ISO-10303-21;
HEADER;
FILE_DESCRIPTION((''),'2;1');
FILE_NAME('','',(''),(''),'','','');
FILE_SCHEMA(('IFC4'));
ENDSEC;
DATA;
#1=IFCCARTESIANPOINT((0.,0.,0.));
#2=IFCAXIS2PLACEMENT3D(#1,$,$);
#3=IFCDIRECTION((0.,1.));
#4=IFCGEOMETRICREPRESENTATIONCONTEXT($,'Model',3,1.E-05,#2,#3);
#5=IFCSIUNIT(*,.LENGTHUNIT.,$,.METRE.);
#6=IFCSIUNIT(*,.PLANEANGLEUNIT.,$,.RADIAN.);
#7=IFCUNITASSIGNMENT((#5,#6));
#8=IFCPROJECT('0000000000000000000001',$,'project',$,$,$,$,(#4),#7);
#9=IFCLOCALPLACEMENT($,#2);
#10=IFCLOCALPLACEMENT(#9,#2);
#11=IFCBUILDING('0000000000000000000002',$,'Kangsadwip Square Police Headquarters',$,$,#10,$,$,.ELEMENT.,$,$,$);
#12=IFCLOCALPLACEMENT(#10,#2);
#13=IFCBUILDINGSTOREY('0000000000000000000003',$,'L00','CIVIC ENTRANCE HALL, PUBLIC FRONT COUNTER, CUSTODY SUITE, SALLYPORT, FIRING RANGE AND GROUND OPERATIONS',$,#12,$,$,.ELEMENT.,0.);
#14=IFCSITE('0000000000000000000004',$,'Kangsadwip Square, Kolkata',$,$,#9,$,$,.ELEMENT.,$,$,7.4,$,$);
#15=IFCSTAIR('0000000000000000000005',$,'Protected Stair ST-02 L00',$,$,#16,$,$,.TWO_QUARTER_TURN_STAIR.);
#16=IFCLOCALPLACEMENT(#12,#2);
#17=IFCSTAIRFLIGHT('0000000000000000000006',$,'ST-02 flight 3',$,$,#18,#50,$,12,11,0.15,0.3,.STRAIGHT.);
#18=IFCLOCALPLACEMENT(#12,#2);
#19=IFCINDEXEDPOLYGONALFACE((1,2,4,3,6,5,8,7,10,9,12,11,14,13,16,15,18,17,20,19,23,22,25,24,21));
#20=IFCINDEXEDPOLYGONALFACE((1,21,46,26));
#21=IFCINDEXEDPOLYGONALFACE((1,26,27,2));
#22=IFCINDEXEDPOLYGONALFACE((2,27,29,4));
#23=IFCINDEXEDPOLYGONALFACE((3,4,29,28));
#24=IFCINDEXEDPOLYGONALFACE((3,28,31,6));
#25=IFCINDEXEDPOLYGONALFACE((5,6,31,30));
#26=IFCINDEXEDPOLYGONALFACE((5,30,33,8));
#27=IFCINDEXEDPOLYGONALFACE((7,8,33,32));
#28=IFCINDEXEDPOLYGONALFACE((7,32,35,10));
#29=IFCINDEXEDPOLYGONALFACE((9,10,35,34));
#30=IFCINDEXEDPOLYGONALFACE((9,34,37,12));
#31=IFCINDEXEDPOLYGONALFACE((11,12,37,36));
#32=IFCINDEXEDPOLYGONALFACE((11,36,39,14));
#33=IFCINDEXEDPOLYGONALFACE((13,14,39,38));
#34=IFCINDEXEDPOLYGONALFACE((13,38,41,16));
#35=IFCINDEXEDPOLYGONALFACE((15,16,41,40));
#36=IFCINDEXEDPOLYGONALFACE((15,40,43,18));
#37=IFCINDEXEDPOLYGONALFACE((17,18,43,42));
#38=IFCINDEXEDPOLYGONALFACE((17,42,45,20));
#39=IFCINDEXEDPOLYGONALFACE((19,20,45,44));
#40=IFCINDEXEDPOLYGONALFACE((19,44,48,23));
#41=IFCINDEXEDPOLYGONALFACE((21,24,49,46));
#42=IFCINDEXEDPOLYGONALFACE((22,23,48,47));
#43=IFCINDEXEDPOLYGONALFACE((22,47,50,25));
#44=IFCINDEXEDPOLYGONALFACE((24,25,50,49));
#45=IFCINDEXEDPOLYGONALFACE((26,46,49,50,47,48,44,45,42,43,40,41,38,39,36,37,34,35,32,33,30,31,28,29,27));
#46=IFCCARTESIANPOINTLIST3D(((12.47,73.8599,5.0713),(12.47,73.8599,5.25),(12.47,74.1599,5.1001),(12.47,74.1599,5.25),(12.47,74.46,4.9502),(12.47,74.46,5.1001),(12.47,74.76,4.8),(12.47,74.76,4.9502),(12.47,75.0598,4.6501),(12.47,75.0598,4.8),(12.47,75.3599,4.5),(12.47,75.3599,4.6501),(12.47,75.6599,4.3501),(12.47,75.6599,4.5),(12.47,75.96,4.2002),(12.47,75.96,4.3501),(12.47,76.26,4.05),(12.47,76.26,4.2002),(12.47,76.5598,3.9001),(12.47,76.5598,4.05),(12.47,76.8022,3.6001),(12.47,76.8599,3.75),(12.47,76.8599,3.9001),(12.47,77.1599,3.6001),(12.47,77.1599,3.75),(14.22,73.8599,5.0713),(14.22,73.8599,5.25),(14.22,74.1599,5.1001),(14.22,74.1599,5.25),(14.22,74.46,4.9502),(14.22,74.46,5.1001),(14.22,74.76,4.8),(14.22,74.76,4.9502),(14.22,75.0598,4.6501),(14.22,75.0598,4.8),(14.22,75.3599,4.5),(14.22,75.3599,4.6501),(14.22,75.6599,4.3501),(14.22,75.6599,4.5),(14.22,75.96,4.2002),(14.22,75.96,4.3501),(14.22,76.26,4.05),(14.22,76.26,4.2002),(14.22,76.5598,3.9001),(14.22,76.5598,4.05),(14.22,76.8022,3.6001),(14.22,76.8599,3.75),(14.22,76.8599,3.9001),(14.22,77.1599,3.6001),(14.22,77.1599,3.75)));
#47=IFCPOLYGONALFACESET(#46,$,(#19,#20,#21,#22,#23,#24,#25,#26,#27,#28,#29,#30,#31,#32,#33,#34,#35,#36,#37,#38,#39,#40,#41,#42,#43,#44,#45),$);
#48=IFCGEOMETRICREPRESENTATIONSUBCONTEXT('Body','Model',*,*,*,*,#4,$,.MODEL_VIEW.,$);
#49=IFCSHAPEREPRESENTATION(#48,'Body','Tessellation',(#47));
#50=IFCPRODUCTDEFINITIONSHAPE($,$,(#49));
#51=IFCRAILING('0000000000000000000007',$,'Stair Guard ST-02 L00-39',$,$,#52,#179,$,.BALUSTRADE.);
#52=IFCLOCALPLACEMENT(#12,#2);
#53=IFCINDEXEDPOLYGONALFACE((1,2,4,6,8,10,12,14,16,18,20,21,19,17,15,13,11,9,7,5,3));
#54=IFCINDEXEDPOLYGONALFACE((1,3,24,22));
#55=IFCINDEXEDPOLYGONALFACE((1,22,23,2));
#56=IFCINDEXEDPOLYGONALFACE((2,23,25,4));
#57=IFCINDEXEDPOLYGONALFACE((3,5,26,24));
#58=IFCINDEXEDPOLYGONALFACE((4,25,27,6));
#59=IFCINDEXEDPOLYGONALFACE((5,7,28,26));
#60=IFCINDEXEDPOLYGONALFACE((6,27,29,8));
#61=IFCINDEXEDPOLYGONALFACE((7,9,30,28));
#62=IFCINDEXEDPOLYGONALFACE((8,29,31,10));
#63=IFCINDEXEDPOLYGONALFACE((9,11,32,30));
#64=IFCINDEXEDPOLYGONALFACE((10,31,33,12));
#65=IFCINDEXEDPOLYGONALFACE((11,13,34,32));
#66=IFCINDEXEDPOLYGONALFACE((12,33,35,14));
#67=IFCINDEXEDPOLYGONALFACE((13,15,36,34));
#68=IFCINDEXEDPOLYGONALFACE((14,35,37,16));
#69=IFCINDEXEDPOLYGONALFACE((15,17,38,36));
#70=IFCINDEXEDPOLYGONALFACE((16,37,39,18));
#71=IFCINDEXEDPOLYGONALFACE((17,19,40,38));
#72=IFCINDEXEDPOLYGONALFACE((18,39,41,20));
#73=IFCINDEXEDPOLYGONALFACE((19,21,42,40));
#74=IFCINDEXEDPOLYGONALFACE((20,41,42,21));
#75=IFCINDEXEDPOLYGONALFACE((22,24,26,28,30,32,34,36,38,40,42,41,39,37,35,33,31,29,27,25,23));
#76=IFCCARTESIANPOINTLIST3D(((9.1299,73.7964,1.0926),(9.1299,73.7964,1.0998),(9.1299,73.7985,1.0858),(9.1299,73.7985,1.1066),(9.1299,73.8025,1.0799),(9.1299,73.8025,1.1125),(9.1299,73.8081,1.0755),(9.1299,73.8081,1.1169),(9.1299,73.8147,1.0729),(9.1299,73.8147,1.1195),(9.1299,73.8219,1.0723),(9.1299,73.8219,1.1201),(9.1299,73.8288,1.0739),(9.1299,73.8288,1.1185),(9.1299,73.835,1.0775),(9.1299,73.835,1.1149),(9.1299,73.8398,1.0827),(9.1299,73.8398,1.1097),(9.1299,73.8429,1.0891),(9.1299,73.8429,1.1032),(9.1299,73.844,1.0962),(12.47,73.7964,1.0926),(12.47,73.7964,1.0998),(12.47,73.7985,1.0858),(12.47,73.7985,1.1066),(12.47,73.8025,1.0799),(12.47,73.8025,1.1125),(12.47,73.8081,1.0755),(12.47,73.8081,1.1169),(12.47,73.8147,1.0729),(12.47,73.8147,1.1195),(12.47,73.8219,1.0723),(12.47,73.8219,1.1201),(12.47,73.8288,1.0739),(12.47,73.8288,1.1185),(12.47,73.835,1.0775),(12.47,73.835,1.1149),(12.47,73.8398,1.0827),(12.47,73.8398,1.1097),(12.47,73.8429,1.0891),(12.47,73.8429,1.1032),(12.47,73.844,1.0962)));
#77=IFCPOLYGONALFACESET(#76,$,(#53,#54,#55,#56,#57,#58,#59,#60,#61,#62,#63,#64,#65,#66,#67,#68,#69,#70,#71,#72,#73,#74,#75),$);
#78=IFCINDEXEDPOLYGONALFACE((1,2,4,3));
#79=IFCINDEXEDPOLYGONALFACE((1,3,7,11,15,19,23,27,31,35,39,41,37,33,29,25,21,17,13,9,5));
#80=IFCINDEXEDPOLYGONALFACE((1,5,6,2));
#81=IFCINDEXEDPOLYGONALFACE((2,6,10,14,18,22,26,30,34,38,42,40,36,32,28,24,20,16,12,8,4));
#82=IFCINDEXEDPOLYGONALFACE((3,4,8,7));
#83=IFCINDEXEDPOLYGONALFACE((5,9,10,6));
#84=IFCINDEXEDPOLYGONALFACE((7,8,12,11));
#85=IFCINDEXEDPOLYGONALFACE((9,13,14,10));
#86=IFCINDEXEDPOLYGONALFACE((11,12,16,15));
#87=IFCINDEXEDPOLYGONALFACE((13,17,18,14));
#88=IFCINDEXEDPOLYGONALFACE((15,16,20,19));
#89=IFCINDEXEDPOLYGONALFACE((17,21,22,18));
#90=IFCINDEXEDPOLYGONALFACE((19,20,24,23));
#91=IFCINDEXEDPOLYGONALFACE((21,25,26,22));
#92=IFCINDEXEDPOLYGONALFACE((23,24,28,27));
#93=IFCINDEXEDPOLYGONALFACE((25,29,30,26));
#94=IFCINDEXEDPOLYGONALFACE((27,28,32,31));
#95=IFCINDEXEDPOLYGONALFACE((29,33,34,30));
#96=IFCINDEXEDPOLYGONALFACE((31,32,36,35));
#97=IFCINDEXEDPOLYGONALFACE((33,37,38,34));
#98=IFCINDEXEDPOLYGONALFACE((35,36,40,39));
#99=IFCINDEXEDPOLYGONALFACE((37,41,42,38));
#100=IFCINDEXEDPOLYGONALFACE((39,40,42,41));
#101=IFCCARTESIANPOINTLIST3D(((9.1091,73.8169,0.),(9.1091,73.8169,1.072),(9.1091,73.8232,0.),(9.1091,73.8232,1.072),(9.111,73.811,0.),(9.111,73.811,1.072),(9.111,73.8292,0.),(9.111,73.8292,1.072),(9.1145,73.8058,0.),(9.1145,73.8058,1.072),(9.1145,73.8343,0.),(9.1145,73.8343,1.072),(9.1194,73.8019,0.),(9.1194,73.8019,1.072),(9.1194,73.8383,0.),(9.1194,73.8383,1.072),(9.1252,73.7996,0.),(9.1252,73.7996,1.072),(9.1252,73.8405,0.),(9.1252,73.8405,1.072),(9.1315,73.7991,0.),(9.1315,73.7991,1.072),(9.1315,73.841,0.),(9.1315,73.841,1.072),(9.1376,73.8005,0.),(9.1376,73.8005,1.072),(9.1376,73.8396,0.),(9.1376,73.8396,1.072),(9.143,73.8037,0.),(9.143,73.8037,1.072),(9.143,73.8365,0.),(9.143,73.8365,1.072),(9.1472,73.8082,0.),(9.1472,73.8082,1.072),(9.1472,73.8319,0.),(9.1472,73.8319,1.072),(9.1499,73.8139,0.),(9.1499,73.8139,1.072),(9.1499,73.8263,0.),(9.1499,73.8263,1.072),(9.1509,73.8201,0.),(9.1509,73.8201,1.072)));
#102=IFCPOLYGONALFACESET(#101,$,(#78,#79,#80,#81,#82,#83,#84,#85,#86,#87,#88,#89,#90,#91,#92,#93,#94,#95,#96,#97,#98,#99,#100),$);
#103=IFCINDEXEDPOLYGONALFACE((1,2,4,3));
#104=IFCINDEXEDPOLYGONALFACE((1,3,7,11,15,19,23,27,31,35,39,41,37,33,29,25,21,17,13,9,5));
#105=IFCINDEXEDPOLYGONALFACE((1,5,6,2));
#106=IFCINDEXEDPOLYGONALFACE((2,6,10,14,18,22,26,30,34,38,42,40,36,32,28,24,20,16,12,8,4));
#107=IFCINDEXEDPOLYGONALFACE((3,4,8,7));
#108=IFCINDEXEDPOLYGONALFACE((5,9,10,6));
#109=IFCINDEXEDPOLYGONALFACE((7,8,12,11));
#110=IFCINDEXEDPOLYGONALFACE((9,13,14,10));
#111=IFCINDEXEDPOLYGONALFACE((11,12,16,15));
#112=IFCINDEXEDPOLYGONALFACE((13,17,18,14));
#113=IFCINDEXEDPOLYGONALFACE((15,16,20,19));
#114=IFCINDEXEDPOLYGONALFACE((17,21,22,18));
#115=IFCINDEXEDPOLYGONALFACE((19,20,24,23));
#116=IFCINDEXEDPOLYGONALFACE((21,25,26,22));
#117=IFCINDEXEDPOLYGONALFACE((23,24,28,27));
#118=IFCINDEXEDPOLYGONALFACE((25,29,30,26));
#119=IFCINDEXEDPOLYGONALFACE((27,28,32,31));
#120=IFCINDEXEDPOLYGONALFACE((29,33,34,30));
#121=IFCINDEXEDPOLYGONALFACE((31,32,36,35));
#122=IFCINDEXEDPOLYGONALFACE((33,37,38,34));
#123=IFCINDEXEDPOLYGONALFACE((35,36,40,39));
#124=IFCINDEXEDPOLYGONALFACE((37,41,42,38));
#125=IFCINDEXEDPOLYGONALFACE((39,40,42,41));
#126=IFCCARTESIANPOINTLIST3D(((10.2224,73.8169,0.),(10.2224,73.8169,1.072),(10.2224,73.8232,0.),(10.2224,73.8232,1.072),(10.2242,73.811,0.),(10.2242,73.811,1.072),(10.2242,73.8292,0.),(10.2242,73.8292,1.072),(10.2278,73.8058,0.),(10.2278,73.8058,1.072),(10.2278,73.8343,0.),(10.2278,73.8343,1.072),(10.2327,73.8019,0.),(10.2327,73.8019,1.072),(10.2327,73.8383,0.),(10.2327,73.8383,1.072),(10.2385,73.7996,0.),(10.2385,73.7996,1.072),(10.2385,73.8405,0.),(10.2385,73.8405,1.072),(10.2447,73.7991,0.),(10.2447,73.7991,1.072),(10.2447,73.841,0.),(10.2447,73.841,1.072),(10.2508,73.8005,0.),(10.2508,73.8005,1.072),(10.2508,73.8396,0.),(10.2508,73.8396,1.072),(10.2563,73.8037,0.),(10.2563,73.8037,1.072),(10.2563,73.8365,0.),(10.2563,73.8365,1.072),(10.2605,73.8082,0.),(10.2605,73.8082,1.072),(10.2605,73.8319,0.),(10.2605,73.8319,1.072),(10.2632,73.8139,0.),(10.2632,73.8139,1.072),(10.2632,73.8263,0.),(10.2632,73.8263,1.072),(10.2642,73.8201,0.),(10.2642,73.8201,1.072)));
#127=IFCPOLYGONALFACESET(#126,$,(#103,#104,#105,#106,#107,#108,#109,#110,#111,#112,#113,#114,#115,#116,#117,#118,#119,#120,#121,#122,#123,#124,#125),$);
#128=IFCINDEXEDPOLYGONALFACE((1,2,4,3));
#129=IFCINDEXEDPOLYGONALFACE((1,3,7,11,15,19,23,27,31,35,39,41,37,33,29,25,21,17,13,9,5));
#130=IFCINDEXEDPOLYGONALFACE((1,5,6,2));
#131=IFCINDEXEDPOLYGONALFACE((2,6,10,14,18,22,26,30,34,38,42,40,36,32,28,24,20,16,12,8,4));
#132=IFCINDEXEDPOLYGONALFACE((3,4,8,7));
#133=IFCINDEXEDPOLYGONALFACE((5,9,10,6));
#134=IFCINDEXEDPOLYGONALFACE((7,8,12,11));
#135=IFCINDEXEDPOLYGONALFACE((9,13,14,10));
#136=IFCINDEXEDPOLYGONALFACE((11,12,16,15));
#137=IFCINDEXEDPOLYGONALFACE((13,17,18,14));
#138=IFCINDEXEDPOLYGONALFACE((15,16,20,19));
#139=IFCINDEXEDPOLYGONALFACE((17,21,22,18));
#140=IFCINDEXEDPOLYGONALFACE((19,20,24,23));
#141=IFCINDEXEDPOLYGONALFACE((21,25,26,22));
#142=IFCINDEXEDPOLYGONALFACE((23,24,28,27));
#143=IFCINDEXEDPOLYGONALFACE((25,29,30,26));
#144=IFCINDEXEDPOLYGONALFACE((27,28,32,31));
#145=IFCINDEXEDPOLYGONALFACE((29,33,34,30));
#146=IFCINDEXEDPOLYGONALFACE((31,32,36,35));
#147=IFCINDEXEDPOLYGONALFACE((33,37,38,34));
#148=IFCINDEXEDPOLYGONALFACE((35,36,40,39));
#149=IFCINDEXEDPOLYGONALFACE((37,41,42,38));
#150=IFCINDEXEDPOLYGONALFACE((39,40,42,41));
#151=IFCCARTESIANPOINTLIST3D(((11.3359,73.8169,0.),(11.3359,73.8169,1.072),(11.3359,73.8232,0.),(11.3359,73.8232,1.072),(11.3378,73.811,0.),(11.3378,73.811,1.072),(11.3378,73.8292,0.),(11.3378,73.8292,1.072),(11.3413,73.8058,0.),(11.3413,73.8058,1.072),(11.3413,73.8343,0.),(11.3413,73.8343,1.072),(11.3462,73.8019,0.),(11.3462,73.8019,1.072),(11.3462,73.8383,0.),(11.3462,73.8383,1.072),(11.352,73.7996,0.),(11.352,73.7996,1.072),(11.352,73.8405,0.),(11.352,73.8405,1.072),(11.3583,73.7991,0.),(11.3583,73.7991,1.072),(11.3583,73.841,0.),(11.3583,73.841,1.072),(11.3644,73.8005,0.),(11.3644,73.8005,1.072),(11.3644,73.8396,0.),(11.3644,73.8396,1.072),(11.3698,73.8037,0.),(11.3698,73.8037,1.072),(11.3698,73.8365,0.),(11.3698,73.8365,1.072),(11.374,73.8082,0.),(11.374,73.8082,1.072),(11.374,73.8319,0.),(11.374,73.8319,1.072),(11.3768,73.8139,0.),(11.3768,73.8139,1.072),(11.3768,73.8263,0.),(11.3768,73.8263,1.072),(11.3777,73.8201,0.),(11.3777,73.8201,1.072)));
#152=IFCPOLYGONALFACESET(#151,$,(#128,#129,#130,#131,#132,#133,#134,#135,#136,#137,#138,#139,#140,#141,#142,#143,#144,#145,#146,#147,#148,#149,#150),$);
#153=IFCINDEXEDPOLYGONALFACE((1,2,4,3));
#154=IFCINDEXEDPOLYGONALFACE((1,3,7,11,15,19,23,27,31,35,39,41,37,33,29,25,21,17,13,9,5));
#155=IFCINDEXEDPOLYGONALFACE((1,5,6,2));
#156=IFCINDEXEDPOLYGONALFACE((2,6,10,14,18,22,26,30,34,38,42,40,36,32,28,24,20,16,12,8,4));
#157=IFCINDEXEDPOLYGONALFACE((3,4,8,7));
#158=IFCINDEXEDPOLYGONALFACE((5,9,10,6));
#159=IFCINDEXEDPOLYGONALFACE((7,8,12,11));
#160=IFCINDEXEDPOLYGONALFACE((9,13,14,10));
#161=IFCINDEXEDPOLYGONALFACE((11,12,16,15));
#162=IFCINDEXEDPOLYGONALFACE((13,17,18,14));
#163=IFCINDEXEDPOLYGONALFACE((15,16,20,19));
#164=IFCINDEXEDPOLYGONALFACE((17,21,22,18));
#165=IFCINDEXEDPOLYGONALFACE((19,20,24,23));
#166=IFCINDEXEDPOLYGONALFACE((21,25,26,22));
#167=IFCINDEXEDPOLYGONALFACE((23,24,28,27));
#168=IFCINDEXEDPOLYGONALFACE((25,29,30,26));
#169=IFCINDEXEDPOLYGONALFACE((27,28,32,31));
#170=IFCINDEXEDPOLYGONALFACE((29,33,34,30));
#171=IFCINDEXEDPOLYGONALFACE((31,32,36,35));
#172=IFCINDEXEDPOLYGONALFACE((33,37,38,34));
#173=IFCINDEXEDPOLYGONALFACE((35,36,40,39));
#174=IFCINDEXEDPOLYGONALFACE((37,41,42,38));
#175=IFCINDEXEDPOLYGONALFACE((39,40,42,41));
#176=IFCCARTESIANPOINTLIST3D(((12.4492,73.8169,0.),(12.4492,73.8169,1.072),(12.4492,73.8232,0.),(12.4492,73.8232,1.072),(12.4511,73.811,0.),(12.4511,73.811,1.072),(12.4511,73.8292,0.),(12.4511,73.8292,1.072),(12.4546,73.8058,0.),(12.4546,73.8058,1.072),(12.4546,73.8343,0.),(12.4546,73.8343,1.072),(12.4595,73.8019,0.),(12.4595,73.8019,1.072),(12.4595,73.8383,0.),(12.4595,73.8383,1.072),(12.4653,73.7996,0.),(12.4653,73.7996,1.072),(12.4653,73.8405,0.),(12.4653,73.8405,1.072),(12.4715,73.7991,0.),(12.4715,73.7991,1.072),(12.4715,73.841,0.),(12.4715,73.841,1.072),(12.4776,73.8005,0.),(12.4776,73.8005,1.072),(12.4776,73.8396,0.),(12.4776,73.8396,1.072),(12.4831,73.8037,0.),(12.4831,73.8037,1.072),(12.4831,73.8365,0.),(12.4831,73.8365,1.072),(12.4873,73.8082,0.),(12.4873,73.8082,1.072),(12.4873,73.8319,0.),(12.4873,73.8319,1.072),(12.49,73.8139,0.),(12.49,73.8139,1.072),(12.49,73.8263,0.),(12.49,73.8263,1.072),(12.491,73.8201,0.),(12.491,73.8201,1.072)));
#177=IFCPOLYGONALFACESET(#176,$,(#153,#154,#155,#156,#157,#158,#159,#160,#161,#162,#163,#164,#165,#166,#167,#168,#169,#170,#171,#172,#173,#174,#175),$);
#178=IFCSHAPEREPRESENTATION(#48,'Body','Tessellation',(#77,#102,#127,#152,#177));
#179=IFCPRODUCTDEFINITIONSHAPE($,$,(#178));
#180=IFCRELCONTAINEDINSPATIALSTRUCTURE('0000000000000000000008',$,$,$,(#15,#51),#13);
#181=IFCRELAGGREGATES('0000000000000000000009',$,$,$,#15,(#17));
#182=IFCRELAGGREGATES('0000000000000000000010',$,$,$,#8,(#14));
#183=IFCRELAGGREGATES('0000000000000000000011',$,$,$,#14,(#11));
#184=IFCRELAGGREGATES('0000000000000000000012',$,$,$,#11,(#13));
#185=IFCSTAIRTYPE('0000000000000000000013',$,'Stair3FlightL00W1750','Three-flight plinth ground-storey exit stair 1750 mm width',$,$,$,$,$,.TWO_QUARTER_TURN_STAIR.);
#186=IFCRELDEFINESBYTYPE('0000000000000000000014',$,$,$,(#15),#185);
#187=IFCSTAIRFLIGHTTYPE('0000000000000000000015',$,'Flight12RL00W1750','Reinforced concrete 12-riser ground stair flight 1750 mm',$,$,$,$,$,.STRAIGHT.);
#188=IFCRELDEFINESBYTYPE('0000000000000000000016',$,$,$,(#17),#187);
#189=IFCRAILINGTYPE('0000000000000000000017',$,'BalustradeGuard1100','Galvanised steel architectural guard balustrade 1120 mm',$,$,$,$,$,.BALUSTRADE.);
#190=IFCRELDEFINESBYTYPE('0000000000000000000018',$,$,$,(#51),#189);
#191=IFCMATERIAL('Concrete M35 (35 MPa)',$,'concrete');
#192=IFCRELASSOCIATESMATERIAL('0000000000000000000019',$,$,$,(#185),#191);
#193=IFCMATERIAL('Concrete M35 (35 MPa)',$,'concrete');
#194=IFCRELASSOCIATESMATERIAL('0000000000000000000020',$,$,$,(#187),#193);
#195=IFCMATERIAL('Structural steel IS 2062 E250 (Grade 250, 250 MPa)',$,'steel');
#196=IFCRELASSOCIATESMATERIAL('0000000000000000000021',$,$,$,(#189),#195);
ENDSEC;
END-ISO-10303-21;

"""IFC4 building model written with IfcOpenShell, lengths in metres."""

from ifc_helpers import new_model, si_unit, direction, frame, origin, origin_2d, place, context, subcontext, project, spatial, polyline, circle, outline, extrude, material, type_object, element, aggregate, save


model = new_model("IFC4")

# Units and contexts
model_context = context("Model", 3, precision=1e-05, world=origin(), true_north=direction((0.0, 1.0)))
body_context = subcontext(model_context, "Body", "Model", "MODEL_VIEW")
ifc_project = project(units=[si_unit("LENGTHUNIT", "METRE"), si_unit("PLANEANGLEUNIT", "RADIAN")], contexts=[model_context])

# Site, building, storey
site_placement = place(None, origin())
site = spatial("IfcSite", under=ifc_project, at=site_placement, Name="Kangsadwip Square, Kolkata", CompositionType="ELEMENT", RefElevation=7.4)
building_placement = place(site_placement, origin())
building = spatial("IfcBuilding", under=site, at=building_placement, Name="Kangsadwip Square Police Headquarters", CompositionType="ELEMENT")
storey_placement = place(building_placement, origin())
storey = spatial("IfcBuildingStorey", under=building, at=storey_placement, Name="L00", Description="CIVIC ENTRANCE HALL, PUBLIC FRONT COUNTER, CUSTODY SUITE, SALLYPORT, FIRING RANGE AND GROUND OPERATIONS", CompositionType="ELEMENT", Elevation=0.0)

# Stair, stair flight
ifc_material_1 = material(Name="Concrete M35 (35 MPa)", Category="concrete")
stair_type = type_object("IfcStairType", Name="Stair3FlightL00W1750", Description="Three-flight plinth ground-storey exit stair 1750 mm width", PredefinedType="TWO_QUARTER_TURN_STAIR", material=ifc_material_1)
stair_placement = place(storey_placement, origin())
stair = element("IfcStair", 1, at=stair_placement, inside=storey, type_object=stair_type, Name="Protected Stair ST-02 L00", PredefinedType="TWO_QUARTER_TURN_STAIR")
ifc_material_2 = material(Name="Concrete M35 (35 MPa)", Category="concrete")
stair_flight_type = type_object("IfcStairFlightType", Name="Flight12RL00W1750", Description="Reinforced concrete 12-riser ground stair flight 1750 mm", PredefinedType="STRAIGHT", material=ifc_material_2)
stair_flight_1_placement = place(storey_placement, frame((13.345, 77.1599, 3.6001), z_axis=(0.0, 0.0, 1.0), x_axis=(0.0, -1.0, 0.0)))
stair_flight_1 = element("IfcStairFlight", 2, at=stair_flight_1_placement, type_object=stair_flight_type, Name="ST-02 flight 3", NumberOfRisers=12, NumberOfTreads=11, PredefinedType="STRAIGHT", RiserHeight=0.15, TreadLength=0.3, context=body_context, shape_type="SweptSolid", body=[
    extrude(outline(polyline([(0.0, 0.0), (0.0, 0.1499), (0.3, 0.1499), (0.3, 0.3), (0.6001, 0.3), (0.6001, 0.45), (0.8999, 0.45), (0.8999, 0.6001), (1.2, 0.6001), (1.2, 0.75), (1.5, 0.75), (1.5, 0.8999), (1.8, 0.8999), (1.8, 1.05), (2.1001, 1.05), (2.1001, 1.2), (2.3999, 1.2), (2.3999, 1.3501), (2.7, 1.3501), (2.7, 1.5), (3.0, 1.5), (3.0, 1.6499), (3.3, 1.6499), (3.3, 1.8), (3.3, 1.4712), (0.3577, 0.0), (0.0, 0.0)])), frame((0.0, 0.875, 0.0), z_axis=(0.0, -1.0, 0.0), x_axis=(1.0, 0.0, 0.0)), (0.0, 0.0, 1.0), 1.75),
])
aggregate(stair, [stair_flight_1])

# Railing
ifc_material_3 = material(Name="Structural steel IS 2062 E250 (Grade 250, 250 MPa)", Category="steel")
railing_type_1 = type_object("IfcRailingType", Name="BalustradeGuard1100", Description="Galvanised steel architectural guard balustrade 1120 mm", PredefinedType="BALUSTRADE", material=ifc_material_3)
railing_1_placement = place(storey_placement, frame((9.1299, 73.8201, 0.0)))
element("IfcRailing", 3, at=railing_1_placement, inside=storey, type_object=railing_type_1, Name="Stair Guard ST-02 L00-39", PredefinedType="BALUSTRADE", context=body_context, shape_type="SweptSolid", body=[
    extrude(circle(Radius=0.0239, at=origin_2d()), frame((0.0, 0.0, 1.0962), z_axis=(1.0, 0.0, 0.0), x_axis=(0.0, 1.0, 0.0)), (0.0, 0.0, 1.0), 3.3401),
    extrude(circle(Radius=0.021, at=origin_2d()), origin(), (0.0, 0.0, 1.0), 1.072),
    extrude(circle(Radius=0.021, at=origin_2d()), frame((1.1133, 0.0, 0.0)), (0.0, 0.0, 1.0), 1.072),
    extrude(circle(Radius=0.021, at=origin_2d()), frame((2.2268, 0.0, 0.0)), (0.0, 0.0, 1.0), 1.072),
    extrude(circle(Radius=0.021, at=origin_2d()), frame((3.3401, 0.0, 0.0)), (0.0, 0.0, 1.0), 1.072),
])

save(model, "model.ifc")
